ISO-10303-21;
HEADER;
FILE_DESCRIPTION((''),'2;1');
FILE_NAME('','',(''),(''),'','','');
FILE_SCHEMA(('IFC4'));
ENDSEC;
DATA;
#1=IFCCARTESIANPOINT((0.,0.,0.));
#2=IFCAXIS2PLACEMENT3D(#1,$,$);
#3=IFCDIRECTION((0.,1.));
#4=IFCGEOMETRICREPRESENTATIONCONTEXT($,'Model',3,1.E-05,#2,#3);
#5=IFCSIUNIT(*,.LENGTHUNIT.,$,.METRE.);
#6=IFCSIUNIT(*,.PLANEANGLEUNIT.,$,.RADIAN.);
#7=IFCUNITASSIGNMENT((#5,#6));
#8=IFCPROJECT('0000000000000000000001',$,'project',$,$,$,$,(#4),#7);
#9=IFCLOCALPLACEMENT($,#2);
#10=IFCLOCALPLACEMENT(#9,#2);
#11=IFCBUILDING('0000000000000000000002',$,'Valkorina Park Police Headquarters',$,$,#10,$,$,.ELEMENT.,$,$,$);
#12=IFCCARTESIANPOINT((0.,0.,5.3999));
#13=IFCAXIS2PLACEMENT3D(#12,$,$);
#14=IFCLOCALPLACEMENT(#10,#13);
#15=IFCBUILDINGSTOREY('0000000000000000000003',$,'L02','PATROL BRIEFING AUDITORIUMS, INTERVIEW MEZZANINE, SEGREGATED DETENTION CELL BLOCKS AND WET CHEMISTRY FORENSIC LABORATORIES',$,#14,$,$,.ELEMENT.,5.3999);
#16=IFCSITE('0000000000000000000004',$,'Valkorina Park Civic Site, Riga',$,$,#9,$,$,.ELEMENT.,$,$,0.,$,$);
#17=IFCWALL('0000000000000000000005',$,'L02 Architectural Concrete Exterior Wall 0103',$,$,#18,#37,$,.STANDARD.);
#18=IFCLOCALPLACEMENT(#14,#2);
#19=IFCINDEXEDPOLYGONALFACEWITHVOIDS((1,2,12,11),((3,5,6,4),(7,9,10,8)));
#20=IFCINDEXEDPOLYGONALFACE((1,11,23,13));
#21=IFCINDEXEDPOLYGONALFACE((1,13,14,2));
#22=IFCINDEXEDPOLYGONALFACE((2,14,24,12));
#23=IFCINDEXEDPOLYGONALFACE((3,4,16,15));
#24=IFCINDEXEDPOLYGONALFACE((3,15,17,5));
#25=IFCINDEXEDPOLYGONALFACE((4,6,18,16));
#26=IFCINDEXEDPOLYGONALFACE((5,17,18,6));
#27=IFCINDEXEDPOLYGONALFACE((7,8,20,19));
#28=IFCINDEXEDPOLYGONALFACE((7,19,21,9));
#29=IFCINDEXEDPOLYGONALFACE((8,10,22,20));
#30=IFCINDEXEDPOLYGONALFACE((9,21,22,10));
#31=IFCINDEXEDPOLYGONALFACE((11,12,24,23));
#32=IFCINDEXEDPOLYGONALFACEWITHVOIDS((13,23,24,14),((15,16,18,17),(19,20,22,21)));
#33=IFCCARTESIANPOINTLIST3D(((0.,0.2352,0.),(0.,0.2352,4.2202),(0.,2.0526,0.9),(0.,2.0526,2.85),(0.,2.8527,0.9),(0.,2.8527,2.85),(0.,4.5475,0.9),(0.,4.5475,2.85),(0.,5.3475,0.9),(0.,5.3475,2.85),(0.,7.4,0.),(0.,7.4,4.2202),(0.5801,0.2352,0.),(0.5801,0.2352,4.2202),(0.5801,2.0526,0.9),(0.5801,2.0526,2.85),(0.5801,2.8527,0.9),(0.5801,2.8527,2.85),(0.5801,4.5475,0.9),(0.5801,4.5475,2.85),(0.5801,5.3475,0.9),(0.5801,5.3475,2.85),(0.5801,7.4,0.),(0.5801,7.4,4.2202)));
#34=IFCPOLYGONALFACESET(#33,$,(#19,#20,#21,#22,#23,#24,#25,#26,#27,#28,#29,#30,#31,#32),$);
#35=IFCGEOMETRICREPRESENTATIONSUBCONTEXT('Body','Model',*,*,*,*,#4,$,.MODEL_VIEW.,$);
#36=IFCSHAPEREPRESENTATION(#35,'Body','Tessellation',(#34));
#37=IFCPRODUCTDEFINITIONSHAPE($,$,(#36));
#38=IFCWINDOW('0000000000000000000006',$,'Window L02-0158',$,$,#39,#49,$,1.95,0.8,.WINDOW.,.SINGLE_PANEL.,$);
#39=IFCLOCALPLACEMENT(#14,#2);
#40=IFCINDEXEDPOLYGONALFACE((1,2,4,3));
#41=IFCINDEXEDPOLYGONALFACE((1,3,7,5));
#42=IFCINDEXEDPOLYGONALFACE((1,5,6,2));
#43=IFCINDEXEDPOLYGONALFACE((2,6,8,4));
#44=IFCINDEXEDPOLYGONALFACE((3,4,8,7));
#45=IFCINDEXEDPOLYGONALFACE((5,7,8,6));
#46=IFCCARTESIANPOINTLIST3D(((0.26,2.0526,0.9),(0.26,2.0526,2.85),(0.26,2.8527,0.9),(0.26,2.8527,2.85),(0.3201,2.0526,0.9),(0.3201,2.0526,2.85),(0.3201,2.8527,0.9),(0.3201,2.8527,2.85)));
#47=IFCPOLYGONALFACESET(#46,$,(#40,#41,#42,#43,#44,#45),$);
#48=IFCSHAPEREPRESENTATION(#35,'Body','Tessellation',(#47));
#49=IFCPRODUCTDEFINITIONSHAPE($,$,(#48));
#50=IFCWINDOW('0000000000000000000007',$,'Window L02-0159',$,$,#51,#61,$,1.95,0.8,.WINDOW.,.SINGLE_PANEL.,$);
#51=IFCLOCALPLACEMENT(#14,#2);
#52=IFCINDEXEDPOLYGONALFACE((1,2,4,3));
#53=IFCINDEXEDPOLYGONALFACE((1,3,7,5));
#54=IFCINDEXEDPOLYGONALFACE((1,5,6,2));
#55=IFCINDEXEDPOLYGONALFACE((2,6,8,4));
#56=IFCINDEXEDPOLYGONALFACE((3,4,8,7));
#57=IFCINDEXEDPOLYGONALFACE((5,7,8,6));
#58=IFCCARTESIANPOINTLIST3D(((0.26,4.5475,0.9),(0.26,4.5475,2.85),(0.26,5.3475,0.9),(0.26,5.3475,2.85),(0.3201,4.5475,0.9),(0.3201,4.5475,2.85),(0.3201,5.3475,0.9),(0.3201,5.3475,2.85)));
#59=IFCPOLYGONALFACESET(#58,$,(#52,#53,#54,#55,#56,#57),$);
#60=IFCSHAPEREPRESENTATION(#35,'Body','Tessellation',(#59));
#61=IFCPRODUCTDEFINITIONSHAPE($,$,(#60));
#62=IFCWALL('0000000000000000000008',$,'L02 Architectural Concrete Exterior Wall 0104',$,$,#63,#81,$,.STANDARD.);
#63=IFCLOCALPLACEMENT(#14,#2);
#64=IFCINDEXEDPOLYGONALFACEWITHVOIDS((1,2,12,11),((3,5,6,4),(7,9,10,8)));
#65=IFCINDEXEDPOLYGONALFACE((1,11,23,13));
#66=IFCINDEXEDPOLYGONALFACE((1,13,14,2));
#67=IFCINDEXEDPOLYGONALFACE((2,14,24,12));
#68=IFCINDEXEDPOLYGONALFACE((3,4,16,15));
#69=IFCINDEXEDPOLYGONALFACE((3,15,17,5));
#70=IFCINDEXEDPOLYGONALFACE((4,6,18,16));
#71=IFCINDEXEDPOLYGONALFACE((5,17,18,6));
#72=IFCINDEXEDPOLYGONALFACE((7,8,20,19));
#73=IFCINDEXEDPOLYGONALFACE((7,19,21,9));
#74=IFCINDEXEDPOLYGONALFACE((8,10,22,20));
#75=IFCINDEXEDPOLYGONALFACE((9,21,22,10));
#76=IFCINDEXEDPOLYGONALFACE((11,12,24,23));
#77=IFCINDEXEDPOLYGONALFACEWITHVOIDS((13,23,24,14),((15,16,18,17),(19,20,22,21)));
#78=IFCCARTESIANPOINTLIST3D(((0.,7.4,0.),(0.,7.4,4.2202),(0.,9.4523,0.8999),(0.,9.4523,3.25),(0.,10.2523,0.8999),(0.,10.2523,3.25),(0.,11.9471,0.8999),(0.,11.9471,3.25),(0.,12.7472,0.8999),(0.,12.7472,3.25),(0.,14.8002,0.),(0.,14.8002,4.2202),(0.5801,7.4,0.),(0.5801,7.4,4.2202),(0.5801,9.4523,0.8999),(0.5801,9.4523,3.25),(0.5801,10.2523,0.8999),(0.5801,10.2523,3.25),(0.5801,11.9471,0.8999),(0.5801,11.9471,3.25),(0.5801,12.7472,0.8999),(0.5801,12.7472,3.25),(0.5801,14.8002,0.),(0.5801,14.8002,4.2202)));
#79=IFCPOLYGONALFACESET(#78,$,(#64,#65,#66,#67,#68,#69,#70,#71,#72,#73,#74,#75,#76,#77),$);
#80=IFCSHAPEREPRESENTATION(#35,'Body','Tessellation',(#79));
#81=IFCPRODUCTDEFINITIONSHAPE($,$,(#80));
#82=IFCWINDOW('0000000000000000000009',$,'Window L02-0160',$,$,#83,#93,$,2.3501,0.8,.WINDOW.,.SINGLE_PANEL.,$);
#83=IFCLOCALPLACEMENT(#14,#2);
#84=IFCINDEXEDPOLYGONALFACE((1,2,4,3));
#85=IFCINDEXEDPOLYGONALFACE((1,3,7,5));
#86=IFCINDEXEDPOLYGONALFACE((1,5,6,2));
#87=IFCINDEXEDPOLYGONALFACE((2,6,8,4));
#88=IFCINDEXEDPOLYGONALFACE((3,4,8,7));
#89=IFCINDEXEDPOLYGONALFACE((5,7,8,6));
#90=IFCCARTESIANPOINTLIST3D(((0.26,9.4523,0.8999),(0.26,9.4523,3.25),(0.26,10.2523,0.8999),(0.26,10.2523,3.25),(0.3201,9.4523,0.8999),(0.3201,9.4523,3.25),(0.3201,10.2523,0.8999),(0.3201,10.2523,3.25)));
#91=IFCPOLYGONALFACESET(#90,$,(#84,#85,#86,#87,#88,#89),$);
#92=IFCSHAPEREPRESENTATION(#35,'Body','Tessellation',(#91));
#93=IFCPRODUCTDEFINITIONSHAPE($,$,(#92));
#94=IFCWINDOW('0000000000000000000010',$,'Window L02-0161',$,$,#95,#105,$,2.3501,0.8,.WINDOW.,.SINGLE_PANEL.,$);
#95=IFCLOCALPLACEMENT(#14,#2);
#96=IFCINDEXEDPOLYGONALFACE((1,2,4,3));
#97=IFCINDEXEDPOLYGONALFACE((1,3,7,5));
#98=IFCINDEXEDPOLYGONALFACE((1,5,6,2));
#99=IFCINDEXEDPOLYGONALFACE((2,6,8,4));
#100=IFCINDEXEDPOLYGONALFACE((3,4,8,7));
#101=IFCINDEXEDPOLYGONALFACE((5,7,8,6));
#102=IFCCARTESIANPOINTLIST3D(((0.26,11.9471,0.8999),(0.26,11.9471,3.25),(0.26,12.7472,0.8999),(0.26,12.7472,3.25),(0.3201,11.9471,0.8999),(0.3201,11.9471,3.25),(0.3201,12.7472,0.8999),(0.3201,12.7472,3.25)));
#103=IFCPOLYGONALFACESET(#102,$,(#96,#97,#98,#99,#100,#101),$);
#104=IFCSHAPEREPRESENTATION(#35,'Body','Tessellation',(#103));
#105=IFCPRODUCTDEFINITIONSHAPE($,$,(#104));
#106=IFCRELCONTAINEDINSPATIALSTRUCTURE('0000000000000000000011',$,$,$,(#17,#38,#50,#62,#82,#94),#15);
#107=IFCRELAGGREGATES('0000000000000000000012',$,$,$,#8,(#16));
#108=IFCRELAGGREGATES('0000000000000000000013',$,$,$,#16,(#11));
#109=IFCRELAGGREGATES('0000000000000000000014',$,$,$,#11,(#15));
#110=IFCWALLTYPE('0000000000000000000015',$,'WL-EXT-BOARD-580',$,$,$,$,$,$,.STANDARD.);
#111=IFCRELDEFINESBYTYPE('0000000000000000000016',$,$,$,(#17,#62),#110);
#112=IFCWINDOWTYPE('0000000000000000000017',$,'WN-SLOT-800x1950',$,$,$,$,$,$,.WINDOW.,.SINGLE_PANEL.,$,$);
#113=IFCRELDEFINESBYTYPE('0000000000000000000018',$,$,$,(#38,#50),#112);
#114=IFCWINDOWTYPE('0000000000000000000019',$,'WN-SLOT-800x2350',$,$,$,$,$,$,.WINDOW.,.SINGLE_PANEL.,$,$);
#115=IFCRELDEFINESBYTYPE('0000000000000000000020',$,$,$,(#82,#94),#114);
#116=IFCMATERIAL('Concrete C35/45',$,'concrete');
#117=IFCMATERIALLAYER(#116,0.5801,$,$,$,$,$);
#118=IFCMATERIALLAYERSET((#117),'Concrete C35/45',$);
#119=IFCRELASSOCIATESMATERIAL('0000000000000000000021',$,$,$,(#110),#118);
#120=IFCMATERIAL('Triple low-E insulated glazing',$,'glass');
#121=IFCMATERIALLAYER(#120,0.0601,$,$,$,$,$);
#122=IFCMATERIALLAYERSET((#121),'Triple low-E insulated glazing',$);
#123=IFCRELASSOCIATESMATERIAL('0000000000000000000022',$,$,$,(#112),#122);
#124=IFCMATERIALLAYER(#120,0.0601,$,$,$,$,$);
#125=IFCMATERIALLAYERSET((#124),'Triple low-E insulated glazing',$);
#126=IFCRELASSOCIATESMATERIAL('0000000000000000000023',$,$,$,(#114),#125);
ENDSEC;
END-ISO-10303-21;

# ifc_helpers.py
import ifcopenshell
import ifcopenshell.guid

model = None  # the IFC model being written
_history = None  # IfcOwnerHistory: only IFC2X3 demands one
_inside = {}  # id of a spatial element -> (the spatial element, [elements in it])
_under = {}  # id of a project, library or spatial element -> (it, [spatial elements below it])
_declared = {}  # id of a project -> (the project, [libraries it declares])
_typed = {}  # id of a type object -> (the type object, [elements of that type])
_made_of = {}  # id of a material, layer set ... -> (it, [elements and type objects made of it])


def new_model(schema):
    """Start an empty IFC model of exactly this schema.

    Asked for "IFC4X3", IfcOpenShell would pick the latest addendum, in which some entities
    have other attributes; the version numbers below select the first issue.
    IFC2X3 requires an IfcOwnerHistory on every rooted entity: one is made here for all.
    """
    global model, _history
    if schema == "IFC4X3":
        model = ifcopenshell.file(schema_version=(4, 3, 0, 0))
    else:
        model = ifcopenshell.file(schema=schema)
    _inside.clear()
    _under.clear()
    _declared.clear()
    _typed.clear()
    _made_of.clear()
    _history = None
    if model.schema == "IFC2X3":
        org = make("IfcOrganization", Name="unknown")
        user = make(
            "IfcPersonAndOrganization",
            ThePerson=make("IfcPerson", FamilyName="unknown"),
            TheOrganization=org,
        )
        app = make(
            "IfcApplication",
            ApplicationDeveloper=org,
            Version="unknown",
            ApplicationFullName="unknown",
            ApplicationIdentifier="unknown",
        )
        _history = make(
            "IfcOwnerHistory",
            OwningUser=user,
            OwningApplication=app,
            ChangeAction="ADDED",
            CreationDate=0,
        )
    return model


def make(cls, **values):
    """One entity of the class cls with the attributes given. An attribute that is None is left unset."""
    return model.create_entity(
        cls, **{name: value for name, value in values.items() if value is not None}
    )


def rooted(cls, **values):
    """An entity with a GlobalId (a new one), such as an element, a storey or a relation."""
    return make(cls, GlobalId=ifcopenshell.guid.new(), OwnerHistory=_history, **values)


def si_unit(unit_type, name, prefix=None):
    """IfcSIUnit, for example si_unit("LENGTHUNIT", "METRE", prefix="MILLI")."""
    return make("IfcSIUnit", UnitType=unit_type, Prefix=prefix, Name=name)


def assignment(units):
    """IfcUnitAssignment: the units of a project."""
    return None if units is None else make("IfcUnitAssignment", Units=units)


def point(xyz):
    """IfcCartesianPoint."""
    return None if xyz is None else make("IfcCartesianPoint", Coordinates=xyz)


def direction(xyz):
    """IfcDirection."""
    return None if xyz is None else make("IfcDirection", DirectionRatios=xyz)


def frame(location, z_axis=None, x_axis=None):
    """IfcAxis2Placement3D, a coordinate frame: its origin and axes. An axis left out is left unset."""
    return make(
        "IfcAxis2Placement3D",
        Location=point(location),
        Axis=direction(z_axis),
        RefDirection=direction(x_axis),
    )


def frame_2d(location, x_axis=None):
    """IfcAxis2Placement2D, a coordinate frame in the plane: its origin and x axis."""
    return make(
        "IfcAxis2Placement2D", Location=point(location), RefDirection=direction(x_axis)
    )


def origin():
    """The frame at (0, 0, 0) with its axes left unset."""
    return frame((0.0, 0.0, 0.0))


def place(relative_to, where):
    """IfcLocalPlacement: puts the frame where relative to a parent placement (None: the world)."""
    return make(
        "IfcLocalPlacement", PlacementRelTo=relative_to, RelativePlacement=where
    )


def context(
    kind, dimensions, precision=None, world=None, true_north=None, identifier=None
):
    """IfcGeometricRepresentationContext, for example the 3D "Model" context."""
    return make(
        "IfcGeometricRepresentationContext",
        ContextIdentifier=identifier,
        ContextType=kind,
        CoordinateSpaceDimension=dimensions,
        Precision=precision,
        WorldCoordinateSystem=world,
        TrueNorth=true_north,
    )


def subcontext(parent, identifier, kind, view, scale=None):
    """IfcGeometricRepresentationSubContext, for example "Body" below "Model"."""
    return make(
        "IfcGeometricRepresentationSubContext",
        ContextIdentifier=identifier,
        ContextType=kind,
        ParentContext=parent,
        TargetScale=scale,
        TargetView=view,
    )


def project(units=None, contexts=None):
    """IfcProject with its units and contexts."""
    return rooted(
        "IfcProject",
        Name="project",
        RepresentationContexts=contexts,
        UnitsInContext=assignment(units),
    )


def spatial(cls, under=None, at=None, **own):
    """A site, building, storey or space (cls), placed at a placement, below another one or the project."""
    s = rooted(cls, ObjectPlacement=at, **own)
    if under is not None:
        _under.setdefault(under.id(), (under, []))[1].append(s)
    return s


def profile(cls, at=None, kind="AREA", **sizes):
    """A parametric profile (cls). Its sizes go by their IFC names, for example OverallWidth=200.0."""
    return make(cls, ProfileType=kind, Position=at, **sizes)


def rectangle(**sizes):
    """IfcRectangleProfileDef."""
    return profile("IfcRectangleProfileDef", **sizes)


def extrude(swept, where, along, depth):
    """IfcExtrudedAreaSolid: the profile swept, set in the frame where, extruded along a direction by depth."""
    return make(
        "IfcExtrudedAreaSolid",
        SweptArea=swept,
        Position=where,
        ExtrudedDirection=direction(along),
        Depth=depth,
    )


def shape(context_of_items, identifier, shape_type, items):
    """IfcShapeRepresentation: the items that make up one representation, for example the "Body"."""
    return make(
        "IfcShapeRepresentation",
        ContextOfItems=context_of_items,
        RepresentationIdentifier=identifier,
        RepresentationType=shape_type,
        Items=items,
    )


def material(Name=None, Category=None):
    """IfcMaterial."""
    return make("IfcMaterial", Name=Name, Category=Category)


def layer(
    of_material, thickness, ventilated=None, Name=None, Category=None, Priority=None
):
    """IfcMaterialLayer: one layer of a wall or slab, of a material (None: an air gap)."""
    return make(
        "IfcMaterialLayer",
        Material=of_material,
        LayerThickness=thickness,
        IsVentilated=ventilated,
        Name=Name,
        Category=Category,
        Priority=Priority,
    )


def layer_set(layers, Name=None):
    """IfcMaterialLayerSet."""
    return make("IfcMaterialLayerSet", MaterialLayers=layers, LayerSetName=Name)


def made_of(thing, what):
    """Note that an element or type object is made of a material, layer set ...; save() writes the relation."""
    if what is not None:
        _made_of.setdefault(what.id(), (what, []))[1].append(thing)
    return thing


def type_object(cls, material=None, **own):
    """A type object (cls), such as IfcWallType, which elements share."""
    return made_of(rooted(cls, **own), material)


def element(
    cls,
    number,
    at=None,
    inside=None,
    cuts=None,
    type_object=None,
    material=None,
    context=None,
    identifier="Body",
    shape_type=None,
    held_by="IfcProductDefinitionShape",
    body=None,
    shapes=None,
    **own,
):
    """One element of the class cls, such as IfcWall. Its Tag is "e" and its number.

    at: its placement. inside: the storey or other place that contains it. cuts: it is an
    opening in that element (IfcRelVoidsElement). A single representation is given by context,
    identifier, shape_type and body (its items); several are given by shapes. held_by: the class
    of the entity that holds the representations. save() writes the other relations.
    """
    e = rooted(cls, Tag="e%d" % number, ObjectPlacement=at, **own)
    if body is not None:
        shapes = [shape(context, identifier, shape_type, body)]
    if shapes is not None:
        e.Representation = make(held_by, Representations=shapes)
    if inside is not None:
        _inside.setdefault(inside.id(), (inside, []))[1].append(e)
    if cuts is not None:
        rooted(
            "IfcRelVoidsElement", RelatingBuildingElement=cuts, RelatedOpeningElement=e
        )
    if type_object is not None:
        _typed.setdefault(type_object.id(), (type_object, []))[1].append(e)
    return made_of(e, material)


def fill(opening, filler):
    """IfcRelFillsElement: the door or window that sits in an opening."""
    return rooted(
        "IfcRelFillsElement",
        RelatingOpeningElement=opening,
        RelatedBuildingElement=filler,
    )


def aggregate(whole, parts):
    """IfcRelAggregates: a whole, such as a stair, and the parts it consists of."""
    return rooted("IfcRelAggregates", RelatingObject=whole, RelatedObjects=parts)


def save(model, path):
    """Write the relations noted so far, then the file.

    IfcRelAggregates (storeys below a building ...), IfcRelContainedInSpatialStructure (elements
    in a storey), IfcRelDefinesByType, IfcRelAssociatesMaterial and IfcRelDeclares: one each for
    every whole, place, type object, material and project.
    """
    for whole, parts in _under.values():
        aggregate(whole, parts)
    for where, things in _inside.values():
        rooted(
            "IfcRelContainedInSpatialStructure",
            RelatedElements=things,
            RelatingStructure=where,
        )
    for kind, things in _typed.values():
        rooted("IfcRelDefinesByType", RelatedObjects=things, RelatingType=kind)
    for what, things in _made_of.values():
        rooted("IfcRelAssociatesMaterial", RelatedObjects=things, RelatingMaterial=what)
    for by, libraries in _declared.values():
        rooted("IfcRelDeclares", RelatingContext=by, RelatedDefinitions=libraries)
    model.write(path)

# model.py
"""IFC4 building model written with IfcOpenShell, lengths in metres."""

from ifc_helpers import new_model, si_unit, direction, frame, frame_2d, origin, place, context, subcontext, project, spatial, rectangle, extrude, material, layer, layer_set, type_object, element, fill, save


model = new_model("IFC4")

# Units and contexts
model_context = context("Model", 3, precision=1e-05, world=origin(), true_north=direction((0.0, 1.0)))
body_context = subcontext(model_context, "Body", "Model", "MODEL_VIEW")
ifc_project = project(units=[si_unit("LENGTHUNIT", "METRE"), si_unit("PLANEANGLEUNIT", "RADIAN")], contexts=[model_context])

# Site, building, storey
site_placement = place(None, origin())
site = spatial("IfcSite", under=ifc_project, at=site_placement, Name="Valkorina Park Civic Site, Riga", CompositionType="ELEMENT", RefElevation=0.0)
building_placement = place(site_placement, origin())
building = spatial("IfcBuilding", under=site, at=building_placement, Name="Valkorina Park Police Headquarters", CompositionType="ELEMENT")
storey_placement = place(building_placement, frame((0.0, 0.0, 5.3999)))
storey = spatial("IfcBuildingStorey", under=building, at=storey_placement, Name="L02", Description="PATROL BRIEFING AUDITORIUMS, INTERVIEW MEZZANINE, SEGREGATED DETENTION CELL BLOCKS AND WET CHEMISTRY FORENSIC LABORATORIES", CompositionType="ELEMENT", Elevation=5.3999)

# Walls, openings, windows
ifc_material_1 = material(Name="Concrete C35/45", Category="concrete")
ifc_layer_1 = layer(ifc_material_1, 0.5801)
ifc_layer_set_1 = layer_set([ifc_layer_1], Name="Concrete C35/45")
wall_type = type_object("IfcWallType", Name="WL-EXT-BOARD-580", PredefinedType="STANDARD", material=ifc_layer_set_1)
wall_1_placement = place(storey_placement, frame((0.29, 0.2351, 0.0), z_axis=(0.0, 0.0, 1.0), x_axis=(0.0, 1.0, 0.0)))
wall_1 = element("IfcWall", 1, at=wall_1_placement, inside=storey, type_object=wall_type, Name="L02 Architectural Concrete Exterior Wall 0103", PredefinedType="STANDARD", context=body_context, shape_type="SweptSolid", body=[
    extrude(rectangle(XDim=7.1648, YDim=0.5801, at=frame_2d((3.5825, 0.0))), origin(), (0.0, 0.0, 1.0), 4.2202),
])
opening_1_placement = place(wall_1_placement, frame((1.8176, 0.0, 0.8999)))
opening_1 = element("IfcOpeningElement", 2, at=opening_1_placement, cuts=wall_1, PredefinedType="OPENING", context=body_context, shape_type="SweptSolid", body=[
    extrude(rectangle(XDim=0.8, YDim=1.95, at=frame_2d((0.3999, 0.9751))), frame((0.0, 0.3, 0.0), z_axis=(0.0, -1.0, 0.0), x_axis=(1.0, 0.0, 0.0)), (0.0, 0.0, 1.0), 0.6001),
])
opening_2_placement = place(wall_1_placement, frame((4.3125, 0.0, 0.8999)))
opening_2 = element("IfcOpeningElement", 3, at=opening_2_placement, cuts=wall_1, PredefinedType="OPENING", context=body_context, shape_type="SweptSolid", body=[
    extrude(rectangle(XDim=0.8, YDim=1.95, at=frame_2d((0.3999, 0.9751))), frame((0.0, 0.3, 0.0), z_axis=(0.0, -1.0, 0.0), x_axis=(1.0, 0.0, 0.0)), (0.0, 0.0, 1.0), 0.6001),
])
ifc_material_2 = material(Name="Triple low-E insulated glazing", Category="glass")
ifc_layer_2 = layer(ifc_material_2, 0.0601)
ifc_layer_set_2 = layer_set([ifc_layer_2], Name="Triple low-E insulated glazing")
window_type_1 = type_object("IfcWindowType", Name="WN-SLOT-800x1950", PartitioningType="SINGLE_PANEL", PredefinedType="WINDOW", material=ifc_layer_set_2)
window_1_placement = place(opening_1_placement, origin())
window_1 = element("IfcWindow", 4, at=window_1_placement, inside=storey, type_object=window_type_1, Name="Window L02-0158", OverallHeight=1.95, OverallWidth=0.8, PartitioningType="SINGLE_PANEL", PredefinedType="WINDOW", context=body_context, shape_type="SweptSolid", body=[
    extrude(rectangle(XDim=0.8, YDim=1.95, at=frame_2d((0.3999, 0.9751))), frame((0.0, 0.03, 0.0), z_axis=(0.0, -1.0, 0.0), x_axis=(1.0, 0.0, 0.0)), (0.0, 0.0, 1.0), 0.0601),
])
fill(opening_1, window_1)
window_2_placement = place(opening_2_placement, origin())
window_2 = element("IfcWindow", 5, at=window_2_placement, inside=storey, type_object=window_type_1, Name="Window L02-0159", OverallHeight=1.95, OverallWidth=0.8, PartitioningType="SINGLE_PANEL", PredefinedType="WINDOW", context=body_context, shape_type="SweptSolid", body=[
    extrude(rectangle(XDim=0.8, YDim=1.95, at=frame_2d((0.3999, 0.9751))), frame((0.0, 0.03, 0.0), z_axis=(0.0, -1.0, 0.0), x_axis=(1.0, 0.0, 0.0)), (0.0, 0.0, 1.0), 0.0601),
])
fill(opening_2, window_2)
wall_2_placement = place(storey_placement, frame((0.29, 7.3999, 0.0), z_axis=(0.0, 0.0, 1.0), x_axis=(0.0, 1.0, 0.0)))
wall_2 = element("IfcWall", 6, at=wall_2_placement, inside=storey, type_object=wall_type, Name="L02 Architectural Concrete Exterior Wall 0104", PredefinedType="STANDARD", context=body_context, shape_type="SweptSolid", body=[
    extrude(rectangle(XDim=7.4001, YDim=0.5801, at=frame_2d((3.7002, 0.0))), origin(), (0.0, 0.0, 1.0), 4.2202),
])
opening_3_placement = place(wall_2_placement, frame((2.0525, 0.0, 0.8999)))
opening_3 = element("IfcOpeningElement", 7, at=opening_3_placement, cuts=wall_2, PredefinedType="OPENING", context=body_context, shape_type="SweptSolid", body=[
    extrude(rectangle(XDim=0.8, YDim=2.3501, at=frame_2d((0.3999, 1.175))), frame((0.0, 0.3, 0.0), z_axis=(0.0, -1.0, 0.0), x_axis=(1.0, 0.0, 0.0)), (0.0, 0.0, 1.0), 0.6001),
])
opening_4_placement = place(wall_2_placement, frame((4.5474, 0.0, 0.8999)))
opening_4 = element("IfcOpeningElement", 8, at=opening_4_placement, cuts=wall_2, PredefinedType="OPENING", context=body_context, shape_type="SweptSolid", body=[
    extrude(rectangle(XDim=0.8, YDim=2.3501, at=frame_2d((0.3999, 1.175))), frame((0.0, 0.3, 0.0), z_axis=(0.0, -1.0, 0.0), x_axis=(1.0, 0.0, 0.0)), (0.0, 0.0, 1.0), 0.6001),
])
ifc_layer_3 = layer(ifc_material_2, 0.0601)
ifc_layer_set_3 = layer_set([ifc_layer_3], Name="Triple low-E insulated glazing")
window_type_2 = type_object("IfcWindowType", Name="WN-SLOT-800x2350", PartitioningType="SINGLE_PANEL", PredefinedType="WINDOW", material=ifc_layer_set_3)
window_3_placement = place(opening_3_placement, origin())
window_3 = element("IfcWindow", 9, at=window_3_placement, inside=storey, type_object=window_type_2, Name="Window L02-0160", OverallHeight=2.3501, OverallWidth=0.8, PartitioningType="SINGLE_PANEL", PredefinedType="WINDOW", context=body_context, shape_type="SweptSolid", body=[
    extrude(rectangle(XDim=0.8, YDim=2.3501, at=frame_2d((0.3999, 1.175))), frame((0.0, 0.03, 0.0), z_axis=(0.0, -1.0, 0.0), x_axis=(1.0, 0.0, 0.0)), (0.0, 0.0, 1.0), 0.0601),
])
fill(opening_3, window_3)
window_4_placement = place(opening_4_placement, origin())
window_4 = element("IfcWindow", 10, at=window_4_placement, inside=storey, type_object=window_type_2, Name="Window L02-0161", OverallHeight=2.3501, OverallWidth=0.8, PartitioningType="SINGLE_PANEL", PredefinedType="WINDOW", context=body_context, shape_type="SweptSolid", body=[
    extrude(rectangle(XDim=0.8, YDim=2.3501, at=frame_2d((0.3999, 1.175))), frame((0.0, 0.03, 0.0), z_axis=(0.0, -1.0, 0.0), x_axis=(1.0, 0.0, 0.0)), (0.0, 0.0, 1.0), 0.0601),
])
fill(opening_4, window_4)

save(model, "model.ifc")
